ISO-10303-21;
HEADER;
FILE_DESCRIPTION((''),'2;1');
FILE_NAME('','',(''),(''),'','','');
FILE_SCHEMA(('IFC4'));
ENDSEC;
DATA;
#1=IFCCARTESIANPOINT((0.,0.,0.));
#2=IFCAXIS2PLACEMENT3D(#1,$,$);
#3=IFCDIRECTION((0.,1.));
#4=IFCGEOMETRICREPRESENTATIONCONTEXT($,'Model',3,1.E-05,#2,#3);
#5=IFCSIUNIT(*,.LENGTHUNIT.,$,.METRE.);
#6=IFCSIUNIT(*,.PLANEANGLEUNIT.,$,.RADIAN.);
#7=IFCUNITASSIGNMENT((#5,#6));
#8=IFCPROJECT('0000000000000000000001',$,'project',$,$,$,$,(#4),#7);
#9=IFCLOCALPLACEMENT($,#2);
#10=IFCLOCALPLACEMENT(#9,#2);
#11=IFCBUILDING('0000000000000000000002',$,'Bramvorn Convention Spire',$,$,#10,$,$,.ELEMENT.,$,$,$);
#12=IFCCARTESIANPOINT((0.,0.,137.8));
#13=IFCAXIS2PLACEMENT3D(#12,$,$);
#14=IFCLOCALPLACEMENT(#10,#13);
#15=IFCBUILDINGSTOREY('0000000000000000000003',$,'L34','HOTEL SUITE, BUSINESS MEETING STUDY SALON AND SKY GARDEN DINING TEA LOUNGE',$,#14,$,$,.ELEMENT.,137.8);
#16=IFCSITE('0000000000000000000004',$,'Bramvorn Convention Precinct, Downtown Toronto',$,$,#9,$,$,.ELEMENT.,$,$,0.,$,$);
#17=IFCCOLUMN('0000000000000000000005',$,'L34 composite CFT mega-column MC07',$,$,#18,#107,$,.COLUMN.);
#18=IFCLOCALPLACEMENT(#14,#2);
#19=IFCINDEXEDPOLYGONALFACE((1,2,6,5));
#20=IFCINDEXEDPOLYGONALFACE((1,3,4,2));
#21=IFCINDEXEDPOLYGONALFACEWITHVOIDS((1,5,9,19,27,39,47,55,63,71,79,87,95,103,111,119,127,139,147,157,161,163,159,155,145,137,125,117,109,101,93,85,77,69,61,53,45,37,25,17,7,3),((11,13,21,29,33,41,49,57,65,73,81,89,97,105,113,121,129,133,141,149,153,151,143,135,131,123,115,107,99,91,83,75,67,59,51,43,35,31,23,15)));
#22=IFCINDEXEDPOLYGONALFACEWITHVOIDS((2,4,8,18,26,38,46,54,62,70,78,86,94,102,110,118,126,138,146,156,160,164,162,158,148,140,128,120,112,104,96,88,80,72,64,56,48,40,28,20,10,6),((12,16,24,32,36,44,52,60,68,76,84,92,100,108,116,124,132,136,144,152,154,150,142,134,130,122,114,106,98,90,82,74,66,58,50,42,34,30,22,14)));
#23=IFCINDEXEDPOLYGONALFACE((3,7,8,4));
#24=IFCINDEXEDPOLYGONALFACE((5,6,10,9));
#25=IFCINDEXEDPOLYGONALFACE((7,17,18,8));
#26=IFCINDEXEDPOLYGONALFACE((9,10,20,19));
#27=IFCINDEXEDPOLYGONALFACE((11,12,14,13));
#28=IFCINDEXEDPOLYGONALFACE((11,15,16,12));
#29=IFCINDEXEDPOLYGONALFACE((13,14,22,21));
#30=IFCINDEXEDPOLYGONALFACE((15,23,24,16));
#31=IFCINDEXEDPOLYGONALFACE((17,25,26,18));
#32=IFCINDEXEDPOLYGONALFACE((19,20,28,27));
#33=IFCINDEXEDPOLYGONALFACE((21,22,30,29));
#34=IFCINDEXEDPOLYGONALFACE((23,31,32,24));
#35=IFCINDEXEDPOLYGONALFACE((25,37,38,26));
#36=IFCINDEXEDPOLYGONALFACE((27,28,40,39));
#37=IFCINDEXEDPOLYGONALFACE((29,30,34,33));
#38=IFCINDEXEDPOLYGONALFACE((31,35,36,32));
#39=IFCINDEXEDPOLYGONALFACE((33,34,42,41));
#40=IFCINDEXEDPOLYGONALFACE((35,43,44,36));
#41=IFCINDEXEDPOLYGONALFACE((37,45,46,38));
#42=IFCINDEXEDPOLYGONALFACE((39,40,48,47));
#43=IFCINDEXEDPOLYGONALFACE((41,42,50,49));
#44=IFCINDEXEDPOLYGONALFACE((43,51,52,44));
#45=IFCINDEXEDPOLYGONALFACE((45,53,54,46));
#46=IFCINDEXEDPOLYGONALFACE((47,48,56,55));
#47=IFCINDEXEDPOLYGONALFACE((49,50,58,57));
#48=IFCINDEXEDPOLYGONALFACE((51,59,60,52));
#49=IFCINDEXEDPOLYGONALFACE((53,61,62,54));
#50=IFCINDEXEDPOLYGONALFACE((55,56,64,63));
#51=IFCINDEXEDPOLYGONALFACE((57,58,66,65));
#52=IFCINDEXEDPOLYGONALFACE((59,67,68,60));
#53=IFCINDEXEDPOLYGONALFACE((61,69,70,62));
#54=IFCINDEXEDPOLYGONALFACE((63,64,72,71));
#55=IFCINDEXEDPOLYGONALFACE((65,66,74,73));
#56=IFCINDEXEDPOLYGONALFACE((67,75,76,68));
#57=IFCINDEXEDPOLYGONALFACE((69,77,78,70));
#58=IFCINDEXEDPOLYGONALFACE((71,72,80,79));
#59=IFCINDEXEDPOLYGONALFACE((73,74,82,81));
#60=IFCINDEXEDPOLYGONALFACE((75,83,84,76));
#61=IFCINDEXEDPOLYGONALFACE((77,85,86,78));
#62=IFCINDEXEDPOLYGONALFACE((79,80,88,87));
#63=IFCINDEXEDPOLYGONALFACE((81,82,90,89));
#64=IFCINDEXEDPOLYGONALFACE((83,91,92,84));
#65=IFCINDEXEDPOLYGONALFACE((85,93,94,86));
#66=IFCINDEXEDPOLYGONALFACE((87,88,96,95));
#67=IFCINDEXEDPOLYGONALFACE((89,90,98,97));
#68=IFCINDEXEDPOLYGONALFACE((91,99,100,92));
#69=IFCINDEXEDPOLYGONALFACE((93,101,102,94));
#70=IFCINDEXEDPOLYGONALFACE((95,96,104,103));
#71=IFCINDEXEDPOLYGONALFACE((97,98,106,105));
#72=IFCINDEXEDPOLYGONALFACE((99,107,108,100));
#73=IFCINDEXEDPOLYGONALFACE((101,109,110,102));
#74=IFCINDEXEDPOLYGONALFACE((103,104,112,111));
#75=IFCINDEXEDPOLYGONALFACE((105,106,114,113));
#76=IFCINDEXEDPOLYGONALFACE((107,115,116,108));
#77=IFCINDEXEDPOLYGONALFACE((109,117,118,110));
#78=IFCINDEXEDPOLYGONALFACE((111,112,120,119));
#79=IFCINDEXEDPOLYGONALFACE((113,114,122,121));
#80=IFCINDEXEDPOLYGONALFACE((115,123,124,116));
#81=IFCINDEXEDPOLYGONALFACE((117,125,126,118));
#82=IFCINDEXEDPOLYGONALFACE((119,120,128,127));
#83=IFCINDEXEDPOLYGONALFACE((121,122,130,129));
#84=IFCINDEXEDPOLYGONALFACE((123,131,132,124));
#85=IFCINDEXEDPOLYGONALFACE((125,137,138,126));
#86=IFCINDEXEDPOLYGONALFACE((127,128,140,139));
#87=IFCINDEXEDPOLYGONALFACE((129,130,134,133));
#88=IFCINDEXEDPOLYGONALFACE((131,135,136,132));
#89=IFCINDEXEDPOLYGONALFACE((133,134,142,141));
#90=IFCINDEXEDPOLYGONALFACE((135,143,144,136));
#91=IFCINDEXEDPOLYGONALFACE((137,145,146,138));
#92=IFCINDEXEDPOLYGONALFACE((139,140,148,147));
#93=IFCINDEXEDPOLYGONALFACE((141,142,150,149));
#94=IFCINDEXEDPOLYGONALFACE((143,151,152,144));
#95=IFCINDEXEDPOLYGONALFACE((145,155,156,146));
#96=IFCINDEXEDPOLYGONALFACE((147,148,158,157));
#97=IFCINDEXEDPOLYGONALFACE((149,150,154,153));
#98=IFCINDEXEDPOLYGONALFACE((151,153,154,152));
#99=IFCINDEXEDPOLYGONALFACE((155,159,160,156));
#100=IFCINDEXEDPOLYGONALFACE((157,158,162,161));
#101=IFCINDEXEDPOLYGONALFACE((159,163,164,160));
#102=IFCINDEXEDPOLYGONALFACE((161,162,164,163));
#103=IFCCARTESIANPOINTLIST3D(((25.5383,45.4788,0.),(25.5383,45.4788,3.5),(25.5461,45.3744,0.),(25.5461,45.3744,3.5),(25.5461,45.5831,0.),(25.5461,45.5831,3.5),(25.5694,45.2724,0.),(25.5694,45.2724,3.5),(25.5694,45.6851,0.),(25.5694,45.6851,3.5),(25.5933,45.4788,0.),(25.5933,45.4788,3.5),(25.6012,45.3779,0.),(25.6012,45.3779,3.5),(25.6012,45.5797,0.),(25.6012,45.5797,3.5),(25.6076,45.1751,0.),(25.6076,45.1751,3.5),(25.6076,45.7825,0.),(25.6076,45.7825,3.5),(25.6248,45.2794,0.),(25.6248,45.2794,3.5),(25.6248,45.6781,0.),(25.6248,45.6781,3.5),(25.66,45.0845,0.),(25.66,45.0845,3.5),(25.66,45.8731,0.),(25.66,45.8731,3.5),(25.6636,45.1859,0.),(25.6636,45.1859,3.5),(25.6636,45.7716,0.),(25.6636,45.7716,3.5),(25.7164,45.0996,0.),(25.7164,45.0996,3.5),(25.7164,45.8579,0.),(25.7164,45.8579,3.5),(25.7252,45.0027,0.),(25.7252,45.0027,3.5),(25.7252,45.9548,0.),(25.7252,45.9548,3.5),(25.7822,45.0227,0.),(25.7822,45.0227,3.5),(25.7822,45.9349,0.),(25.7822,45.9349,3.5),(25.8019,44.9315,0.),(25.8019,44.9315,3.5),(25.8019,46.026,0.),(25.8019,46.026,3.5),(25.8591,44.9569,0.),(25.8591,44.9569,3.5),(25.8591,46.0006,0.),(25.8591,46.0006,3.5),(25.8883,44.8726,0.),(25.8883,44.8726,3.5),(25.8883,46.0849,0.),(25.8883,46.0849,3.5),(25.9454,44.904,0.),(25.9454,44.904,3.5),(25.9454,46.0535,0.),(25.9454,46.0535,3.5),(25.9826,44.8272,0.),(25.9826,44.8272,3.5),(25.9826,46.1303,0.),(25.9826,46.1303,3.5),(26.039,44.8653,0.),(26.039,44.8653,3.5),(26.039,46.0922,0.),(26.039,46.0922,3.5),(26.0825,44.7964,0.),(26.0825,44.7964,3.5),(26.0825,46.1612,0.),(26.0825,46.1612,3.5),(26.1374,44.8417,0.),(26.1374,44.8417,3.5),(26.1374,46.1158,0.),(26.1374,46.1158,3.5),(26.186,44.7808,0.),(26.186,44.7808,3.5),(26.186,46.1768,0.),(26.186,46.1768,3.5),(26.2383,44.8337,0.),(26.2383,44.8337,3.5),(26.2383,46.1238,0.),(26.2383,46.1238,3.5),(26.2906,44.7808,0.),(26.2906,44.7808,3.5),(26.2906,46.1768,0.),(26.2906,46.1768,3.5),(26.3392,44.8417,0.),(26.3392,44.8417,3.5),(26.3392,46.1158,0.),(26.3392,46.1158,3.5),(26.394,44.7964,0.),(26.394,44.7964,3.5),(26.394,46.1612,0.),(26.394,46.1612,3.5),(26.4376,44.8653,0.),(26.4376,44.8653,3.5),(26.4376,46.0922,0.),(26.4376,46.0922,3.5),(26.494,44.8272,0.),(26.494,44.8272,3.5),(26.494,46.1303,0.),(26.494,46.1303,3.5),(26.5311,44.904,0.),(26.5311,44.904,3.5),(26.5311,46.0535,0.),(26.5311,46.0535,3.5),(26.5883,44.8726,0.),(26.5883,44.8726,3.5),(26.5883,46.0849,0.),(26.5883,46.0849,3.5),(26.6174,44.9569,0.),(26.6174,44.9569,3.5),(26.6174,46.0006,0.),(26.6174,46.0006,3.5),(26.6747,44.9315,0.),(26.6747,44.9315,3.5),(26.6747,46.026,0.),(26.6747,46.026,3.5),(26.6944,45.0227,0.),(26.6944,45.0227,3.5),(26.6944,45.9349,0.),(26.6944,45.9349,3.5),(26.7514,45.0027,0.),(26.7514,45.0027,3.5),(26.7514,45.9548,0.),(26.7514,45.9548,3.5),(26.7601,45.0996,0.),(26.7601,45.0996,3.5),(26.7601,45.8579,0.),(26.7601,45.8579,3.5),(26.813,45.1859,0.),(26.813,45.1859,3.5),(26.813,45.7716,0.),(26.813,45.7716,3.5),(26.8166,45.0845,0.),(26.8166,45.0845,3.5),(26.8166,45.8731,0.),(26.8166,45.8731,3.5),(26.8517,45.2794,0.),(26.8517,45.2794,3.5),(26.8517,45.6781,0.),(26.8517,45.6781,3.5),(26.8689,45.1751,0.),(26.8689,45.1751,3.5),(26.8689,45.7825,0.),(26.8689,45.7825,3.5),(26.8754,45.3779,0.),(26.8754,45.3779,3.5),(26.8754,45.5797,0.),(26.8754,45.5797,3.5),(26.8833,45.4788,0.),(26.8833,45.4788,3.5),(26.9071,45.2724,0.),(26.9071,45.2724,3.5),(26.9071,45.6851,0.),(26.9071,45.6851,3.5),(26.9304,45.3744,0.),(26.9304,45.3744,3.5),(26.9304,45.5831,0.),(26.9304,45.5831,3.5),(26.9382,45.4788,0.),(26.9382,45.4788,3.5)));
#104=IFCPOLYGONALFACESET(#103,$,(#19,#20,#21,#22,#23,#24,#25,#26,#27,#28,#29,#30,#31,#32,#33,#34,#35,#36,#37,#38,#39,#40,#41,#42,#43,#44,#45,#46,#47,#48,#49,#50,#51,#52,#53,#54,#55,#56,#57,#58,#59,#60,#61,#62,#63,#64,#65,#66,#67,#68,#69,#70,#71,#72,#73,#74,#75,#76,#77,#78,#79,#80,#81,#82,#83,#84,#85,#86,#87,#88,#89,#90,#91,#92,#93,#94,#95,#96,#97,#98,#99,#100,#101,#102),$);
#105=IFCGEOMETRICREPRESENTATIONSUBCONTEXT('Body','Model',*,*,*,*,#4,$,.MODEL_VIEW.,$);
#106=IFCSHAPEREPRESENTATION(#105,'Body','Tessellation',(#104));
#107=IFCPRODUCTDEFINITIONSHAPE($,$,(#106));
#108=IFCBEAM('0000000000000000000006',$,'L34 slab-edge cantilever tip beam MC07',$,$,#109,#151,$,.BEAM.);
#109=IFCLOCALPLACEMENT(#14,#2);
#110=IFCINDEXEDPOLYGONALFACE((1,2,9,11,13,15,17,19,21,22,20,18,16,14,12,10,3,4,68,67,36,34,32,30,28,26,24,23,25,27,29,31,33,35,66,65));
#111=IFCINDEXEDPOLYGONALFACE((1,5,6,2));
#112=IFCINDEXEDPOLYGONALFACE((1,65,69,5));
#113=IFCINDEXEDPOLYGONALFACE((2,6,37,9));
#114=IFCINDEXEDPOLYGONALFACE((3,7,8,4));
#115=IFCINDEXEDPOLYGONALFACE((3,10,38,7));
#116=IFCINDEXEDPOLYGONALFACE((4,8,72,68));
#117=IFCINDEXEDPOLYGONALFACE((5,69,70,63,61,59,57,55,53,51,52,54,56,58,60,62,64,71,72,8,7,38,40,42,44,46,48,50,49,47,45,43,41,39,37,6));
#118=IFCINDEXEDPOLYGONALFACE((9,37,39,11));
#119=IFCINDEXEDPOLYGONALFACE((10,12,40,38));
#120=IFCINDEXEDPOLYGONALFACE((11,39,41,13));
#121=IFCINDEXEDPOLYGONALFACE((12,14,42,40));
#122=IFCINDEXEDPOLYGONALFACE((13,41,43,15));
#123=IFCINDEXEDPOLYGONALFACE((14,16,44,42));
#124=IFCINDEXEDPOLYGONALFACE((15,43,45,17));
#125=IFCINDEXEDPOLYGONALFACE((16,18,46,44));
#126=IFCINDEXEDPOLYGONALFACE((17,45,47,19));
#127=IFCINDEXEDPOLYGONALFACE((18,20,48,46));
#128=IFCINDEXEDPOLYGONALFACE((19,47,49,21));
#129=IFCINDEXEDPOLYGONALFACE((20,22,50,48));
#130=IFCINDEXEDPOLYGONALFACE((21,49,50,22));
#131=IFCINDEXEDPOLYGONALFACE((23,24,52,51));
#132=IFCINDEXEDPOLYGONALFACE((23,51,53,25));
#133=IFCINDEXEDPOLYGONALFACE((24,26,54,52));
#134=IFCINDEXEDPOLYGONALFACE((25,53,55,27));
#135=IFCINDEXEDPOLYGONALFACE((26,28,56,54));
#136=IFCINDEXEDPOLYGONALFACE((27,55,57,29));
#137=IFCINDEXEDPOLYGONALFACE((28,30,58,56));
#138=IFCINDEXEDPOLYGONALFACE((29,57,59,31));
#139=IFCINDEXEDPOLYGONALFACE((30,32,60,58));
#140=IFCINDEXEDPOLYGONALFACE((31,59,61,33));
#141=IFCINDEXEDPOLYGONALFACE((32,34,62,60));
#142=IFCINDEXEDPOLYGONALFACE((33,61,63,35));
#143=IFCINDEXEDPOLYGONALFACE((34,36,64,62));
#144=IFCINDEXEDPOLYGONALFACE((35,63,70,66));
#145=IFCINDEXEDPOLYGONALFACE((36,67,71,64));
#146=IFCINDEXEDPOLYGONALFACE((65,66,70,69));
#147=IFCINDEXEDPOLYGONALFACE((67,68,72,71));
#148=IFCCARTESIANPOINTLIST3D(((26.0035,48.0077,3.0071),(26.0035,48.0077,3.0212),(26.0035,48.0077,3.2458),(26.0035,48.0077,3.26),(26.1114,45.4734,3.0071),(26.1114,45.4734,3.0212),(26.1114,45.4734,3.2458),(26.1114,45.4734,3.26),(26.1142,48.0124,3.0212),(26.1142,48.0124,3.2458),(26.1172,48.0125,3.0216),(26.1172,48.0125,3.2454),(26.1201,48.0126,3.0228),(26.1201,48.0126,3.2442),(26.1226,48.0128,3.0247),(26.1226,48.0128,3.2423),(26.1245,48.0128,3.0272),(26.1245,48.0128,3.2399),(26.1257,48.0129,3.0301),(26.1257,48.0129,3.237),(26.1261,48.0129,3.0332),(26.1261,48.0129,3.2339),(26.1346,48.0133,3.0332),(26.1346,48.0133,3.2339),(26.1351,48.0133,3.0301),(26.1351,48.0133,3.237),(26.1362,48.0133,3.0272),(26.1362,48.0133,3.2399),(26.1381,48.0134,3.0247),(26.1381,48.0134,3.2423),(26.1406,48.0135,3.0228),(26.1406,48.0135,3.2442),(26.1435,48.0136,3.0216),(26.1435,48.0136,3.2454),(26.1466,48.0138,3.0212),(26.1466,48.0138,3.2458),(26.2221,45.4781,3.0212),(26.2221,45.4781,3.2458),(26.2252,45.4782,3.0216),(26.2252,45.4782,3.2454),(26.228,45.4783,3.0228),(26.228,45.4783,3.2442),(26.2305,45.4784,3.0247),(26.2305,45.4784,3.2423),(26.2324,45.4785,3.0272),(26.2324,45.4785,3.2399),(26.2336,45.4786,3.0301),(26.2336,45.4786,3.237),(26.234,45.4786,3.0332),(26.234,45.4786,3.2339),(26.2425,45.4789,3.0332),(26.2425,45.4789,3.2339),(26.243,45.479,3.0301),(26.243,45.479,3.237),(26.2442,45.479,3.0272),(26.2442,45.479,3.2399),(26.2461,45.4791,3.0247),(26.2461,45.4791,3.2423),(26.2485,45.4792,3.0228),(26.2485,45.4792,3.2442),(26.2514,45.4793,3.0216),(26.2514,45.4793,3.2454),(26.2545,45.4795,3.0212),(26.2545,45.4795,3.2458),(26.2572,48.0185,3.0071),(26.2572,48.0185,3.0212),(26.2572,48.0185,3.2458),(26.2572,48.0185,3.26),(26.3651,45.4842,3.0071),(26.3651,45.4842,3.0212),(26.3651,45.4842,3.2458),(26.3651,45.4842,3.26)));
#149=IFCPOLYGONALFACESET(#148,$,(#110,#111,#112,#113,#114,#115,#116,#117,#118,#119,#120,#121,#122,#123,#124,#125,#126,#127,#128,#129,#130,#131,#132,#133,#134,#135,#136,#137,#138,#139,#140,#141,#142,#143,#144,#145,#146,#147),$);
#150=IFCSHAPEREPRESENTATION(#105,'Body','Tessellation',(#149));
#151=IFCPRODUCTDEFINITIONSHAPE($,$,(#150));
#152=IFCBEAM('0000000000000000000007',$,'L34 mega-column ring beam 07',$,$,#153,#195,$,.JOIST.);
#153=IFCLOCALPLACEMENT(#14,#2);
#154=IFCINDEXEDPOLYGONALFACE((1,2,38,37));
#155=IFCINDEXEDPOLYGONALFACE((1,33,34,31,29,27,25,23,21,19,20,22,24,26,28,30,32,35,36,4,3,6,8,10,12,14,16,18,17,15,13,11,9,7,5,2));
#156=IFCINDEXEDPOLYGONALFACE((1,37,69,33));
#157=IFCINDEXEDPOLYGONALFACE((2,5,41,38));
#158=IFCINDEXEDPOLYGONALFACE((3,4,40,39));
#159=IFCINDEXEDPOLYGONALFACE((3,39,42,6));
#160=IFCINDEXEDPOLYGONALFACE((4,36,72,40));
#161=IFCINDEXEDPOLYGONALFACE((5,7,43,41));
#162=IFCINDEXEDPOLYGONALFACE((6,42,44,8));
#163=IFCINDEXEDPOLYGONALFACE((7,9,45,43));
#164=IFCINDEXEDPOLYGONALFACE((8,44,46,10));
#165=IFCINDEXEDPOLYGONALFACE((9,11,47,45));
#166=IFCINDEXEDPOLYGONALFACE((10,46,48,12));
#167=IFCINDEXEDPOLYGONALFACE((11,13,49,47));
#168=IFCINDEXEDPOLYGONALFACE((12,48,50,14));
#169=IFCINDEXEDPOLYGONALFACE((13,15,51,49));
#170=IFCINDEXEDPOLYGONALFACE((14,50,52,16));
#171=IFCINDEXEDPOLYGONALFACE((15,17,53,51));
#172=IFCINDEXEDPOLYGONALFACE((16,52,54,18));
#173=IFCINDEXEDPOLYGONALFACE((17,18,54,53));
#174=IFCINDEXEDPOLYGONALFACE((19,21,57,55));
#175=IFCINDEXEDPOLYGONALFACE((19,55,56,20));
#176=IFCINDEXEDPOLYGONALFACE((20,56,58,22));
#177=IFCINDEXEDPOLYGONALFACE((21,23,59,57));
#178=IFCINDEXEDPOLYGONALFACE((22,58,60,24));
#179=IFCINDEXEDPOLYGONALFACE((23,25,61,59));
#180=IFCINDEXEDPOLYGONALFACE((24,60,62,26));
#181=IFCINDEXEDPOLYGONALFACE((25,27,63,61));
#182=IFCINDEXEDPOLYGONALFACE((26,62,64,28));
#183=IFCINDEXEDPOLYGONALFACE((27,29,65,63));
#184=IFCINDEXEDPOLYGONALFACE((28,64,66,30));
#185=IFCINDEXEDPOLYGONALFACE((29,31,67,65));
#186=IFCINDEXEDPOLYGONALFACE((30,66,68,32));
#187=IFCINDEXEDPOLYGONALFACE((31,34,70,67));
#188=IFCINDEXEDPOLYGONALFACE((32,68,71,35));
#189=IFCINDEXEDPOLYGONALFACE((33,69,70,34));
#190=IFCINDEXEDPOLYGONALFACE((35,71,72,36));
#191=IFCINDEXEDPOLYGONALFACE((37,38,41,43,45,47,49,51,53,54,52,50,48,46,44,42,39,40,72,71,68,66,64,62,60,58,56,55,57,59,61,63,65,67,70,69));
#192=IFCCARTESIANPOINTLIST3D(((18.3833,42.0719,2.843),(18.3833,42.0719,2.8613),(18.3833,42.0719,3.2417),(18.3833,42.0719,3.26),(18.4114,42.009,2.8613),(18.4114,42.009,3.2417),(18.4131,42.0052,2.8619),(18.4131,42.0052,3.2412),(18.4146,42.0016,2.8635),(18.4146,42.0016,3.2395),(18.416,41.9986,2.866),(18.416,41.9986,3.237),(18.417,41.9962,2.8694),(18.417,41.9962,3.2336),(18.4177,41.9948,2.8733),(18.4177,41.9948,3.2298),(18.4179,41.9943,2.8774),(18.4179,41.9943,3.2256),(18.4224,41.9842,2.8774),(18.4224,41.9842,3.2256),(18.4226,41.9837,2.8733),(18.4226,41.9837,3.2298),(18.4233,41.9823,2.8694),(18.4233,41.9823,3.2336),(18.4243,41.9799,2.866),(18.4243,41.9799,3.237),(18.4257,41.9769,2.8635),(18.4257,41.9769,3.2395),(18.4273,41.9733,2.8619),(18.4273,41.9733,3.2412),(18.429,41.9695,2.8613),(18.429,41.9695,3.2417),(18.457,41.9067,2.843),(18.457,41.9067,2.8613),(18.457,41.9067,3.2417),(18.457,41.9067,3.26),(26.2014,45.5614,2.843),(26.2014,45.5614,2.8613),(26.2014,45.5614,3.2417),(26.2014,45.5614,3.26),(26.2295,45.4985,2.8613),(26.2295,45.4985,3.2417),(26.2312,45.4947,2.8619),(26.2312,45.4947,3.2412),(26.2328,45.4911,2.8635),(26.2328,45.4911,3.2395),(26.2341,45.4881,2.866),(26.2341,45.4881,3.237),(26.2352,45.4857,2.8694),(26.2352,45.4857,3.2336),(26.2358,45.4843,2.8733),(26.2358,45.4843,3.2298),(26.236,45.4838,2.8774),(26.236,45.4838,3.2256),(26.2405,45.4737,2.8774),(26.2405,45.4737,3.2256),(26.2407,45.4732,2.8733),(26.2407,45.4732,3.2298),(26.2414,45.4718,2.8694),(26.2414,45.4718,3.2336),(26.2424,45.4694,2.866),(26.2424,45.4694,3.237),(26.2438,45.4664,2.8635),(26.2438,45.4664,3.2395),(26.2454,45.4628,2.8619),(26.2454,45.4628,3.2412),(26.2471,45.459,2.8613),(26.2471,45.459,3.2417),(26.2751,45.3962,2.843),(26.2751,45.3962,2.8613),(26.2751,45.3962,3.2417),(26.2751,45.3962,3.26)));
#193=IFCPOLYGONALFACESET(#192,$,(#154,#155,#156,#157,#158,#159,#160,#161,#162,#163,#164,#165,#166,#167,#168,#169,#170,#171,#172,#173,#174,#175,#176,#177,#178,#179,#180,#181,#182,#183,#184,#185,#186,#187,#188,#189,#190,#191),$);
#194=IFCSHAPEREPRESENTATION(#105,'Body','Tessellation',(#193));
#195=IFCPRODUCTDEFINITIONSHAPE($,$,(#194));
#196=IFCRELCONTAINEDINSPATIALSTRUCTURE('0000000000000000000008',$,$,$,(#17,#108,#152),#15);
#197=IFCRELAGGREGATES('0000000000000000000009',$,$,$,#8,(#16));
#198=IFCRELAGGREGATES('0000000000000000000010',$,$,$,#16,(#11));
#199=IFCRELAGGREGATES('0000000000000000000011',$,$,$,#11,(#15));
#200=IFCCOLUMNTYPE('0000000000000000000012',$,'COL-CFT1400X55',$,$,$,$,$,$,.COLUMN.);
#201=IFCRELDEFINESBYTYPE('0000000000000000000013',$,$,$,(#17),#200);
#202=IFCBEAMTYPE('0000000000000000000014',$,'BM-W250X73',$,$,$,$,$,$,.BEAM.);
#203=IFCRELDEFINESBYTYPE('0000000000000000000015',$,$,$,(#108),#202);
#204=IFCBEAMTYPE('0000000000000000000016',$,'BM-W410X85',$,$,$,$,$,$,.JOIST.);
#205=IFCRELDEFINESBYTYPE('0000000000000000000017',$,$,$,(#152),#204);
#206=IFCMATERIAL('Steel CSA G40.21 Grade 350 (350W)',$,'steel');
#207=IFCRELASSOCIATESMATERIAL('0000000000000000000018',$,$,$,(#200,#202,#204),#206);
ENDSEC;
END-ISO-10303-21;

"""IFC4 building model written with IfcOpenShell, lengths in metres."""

from ifc_helpers import new_model, si_unit, direction, frame, origin, origin_2d, place, context, subcontext, project, spatial, hollow_circle, i_section, extrude, material, material_profile, profile_set, type_object, element, save


model = new_model("IFC4")

# Units and contexts
model_context = context("Model", 3, precision=1e-05, world=origin(), true_north=direction((0.0, 1.0)))
body_context = subcontext(model_context, "Body", "Model", "MODEL_VIEW")
ifc_project = project(units=[si_unit("LENGTHUNIT", "METRE"), si_unit("PLANEANGLEUNIT", "RADIAN")], contexts=[model_context])

# Site, building, storey
site_placement = place(None, origin())
site = spatial("IfcSite", under=ifc_project, at=site_placement, Name="Bramvorn Convention Precinct, Downtown Toronto", CompositionType="ELEMENT", RefElevation=0.0)
building_placement = place(site_placement, origin())
building = spatial("IfcBuilding", under=site, at=building_placement, Name="Bramvorn Convention Spire", CompositionType="ELEMENT")
storey_placement = place(building_placement, frame((0.0, 0.0, 137.8)))
storey = spatial("IfcBuildingStorey", under=building, at=storey_placement, Name="L34", Description="HOTEL SUITE, BUSINESS MEETING STUDY SALON AND SKY GARDEN DINING TEA LOUNGE", CompositionType="ELEMENT", Elevation=137.8)

# Column
ifc_material_1 = material(Name="Steel CSA G40.21 Grade 350 (350W)", Category="steel")
ifc_material_profile_1 = material_profile(ifc_material_1, hollow_circle(Radius=0.7, WallThickness=0.0549, at=origin_2d()))
ifc_profile_set_1 = profile_set([ifc_material_profile_1], Name="Steel CSA G40.21 Grade 350 (350W) - CFT1400X55")
column_type = type_object("IfcColumnType", Name="COL-CFT1400X55", PredefinedType="COLUMN", material=ifc_profile_set_1)
column_placement = place(storey_placement, frame((26.2383, 45.4788, 0.0), z_axis=(0.0, 0.0, 1.0), x_axis=(1.0, 0.0, 0.0)))
element("IfcColumn", 1, at=column_placement, inside=storey, type_object=column_type, Name="L34 composite CFT mega-column MC07", PredefinedType="COLUMN", context=body_context, shape_type="SweptSolid", body=[
    extrude(hollow_circle(Radius=0.7, WallThickness=0.0549, at=origin_2d()), origin(), (0.0, 0.0, 1.0), 3.5),
])

# Beams
ifc_material_profile_2 = material_profile(ifc_material_1, i_section(OverallWidth=0.2539, OverallDepth=0.2529, WebThickness=0.0085, FlangeThickness=0.0142, FilletRadius=0.012, at=origin_2d()))
ifc_profile_set_2 = profile_set([ifc_material_profile_2], Name="Steel CSA G40.21 Grade 350 (350W) - W250X73")
beam_type_1 = type_object("IfcBeamType", Name="BM-W250X73", PredefinedType="BEAM", material=ifc_profile_set_2)
beam_1_placement = place(storey_placement, frame((26.2383, 45.4788, 3.1335), z_axis=(-0.042539, 0.999095, 0.0), x_axis=(-0.999095, -0.042539, 0.0)))
element("IfcBeam", 2, at=beam_1_placement, inside=storey, type_object=beam_type_1, Name="L34 slab-edge cantilever tip beam MC07", PredefinedType="BEAM", context=body_context, shape_type="SweptSolid", body=[
    extrude(i_section(OverallWidth=0.2539, OverallDepth=0.2529, WebThickness=0.0085, FlangeThickness=0.0142, FilletRadius=0.012, at=origin_2d()), origin(), (0.0, 0.0, 1.0), 2.5366),
])
ifc_material_profile_3 = material_profile(ifc_material_1, i_section(OverallWidth=0.1809, OverallDepth=0.417, WebThickness=0.011, FlangeThickness=0.0183, FilletRadius=0.0161, at=origin_2d()))
ifc_profile_set_3 = profile_set([ifc_material_profile_3], Name="Steel CSA G40.21 Grade 350 (350W) - W410X85")
beam_type_2 = type_object("IfcBeamType", Name="BM-W410X85", PredefinedType="JOIST", material=ifc_profile_set_3)
beam_2_placement = place(storey_placement, frame((26.2383, 45.4788, 3.0515), z_axis=(-0.91317, -0.40758, 0.0), x_axis=(0.40758, -0.91317, 0.0)))
element("IfcBeam", 3, at=beam_2_placement, inside=storey, type_object=beam_type_2, Name="L34 mega-column ring beam 07", PredefinedType="JOIST", context=body_context, shape_type="SweptSolid", body=[
    extrude(i_section(OverallWidth=0.1809, OverallDepth=0.417, WebThickness=0.011, FlangeThickness=0.0183, FilletRadius=0.0161, at=origin_2d()), origin(), (0.0, 0.0, 1.0), 8.5615),
])

save(model, "model.ifc")
